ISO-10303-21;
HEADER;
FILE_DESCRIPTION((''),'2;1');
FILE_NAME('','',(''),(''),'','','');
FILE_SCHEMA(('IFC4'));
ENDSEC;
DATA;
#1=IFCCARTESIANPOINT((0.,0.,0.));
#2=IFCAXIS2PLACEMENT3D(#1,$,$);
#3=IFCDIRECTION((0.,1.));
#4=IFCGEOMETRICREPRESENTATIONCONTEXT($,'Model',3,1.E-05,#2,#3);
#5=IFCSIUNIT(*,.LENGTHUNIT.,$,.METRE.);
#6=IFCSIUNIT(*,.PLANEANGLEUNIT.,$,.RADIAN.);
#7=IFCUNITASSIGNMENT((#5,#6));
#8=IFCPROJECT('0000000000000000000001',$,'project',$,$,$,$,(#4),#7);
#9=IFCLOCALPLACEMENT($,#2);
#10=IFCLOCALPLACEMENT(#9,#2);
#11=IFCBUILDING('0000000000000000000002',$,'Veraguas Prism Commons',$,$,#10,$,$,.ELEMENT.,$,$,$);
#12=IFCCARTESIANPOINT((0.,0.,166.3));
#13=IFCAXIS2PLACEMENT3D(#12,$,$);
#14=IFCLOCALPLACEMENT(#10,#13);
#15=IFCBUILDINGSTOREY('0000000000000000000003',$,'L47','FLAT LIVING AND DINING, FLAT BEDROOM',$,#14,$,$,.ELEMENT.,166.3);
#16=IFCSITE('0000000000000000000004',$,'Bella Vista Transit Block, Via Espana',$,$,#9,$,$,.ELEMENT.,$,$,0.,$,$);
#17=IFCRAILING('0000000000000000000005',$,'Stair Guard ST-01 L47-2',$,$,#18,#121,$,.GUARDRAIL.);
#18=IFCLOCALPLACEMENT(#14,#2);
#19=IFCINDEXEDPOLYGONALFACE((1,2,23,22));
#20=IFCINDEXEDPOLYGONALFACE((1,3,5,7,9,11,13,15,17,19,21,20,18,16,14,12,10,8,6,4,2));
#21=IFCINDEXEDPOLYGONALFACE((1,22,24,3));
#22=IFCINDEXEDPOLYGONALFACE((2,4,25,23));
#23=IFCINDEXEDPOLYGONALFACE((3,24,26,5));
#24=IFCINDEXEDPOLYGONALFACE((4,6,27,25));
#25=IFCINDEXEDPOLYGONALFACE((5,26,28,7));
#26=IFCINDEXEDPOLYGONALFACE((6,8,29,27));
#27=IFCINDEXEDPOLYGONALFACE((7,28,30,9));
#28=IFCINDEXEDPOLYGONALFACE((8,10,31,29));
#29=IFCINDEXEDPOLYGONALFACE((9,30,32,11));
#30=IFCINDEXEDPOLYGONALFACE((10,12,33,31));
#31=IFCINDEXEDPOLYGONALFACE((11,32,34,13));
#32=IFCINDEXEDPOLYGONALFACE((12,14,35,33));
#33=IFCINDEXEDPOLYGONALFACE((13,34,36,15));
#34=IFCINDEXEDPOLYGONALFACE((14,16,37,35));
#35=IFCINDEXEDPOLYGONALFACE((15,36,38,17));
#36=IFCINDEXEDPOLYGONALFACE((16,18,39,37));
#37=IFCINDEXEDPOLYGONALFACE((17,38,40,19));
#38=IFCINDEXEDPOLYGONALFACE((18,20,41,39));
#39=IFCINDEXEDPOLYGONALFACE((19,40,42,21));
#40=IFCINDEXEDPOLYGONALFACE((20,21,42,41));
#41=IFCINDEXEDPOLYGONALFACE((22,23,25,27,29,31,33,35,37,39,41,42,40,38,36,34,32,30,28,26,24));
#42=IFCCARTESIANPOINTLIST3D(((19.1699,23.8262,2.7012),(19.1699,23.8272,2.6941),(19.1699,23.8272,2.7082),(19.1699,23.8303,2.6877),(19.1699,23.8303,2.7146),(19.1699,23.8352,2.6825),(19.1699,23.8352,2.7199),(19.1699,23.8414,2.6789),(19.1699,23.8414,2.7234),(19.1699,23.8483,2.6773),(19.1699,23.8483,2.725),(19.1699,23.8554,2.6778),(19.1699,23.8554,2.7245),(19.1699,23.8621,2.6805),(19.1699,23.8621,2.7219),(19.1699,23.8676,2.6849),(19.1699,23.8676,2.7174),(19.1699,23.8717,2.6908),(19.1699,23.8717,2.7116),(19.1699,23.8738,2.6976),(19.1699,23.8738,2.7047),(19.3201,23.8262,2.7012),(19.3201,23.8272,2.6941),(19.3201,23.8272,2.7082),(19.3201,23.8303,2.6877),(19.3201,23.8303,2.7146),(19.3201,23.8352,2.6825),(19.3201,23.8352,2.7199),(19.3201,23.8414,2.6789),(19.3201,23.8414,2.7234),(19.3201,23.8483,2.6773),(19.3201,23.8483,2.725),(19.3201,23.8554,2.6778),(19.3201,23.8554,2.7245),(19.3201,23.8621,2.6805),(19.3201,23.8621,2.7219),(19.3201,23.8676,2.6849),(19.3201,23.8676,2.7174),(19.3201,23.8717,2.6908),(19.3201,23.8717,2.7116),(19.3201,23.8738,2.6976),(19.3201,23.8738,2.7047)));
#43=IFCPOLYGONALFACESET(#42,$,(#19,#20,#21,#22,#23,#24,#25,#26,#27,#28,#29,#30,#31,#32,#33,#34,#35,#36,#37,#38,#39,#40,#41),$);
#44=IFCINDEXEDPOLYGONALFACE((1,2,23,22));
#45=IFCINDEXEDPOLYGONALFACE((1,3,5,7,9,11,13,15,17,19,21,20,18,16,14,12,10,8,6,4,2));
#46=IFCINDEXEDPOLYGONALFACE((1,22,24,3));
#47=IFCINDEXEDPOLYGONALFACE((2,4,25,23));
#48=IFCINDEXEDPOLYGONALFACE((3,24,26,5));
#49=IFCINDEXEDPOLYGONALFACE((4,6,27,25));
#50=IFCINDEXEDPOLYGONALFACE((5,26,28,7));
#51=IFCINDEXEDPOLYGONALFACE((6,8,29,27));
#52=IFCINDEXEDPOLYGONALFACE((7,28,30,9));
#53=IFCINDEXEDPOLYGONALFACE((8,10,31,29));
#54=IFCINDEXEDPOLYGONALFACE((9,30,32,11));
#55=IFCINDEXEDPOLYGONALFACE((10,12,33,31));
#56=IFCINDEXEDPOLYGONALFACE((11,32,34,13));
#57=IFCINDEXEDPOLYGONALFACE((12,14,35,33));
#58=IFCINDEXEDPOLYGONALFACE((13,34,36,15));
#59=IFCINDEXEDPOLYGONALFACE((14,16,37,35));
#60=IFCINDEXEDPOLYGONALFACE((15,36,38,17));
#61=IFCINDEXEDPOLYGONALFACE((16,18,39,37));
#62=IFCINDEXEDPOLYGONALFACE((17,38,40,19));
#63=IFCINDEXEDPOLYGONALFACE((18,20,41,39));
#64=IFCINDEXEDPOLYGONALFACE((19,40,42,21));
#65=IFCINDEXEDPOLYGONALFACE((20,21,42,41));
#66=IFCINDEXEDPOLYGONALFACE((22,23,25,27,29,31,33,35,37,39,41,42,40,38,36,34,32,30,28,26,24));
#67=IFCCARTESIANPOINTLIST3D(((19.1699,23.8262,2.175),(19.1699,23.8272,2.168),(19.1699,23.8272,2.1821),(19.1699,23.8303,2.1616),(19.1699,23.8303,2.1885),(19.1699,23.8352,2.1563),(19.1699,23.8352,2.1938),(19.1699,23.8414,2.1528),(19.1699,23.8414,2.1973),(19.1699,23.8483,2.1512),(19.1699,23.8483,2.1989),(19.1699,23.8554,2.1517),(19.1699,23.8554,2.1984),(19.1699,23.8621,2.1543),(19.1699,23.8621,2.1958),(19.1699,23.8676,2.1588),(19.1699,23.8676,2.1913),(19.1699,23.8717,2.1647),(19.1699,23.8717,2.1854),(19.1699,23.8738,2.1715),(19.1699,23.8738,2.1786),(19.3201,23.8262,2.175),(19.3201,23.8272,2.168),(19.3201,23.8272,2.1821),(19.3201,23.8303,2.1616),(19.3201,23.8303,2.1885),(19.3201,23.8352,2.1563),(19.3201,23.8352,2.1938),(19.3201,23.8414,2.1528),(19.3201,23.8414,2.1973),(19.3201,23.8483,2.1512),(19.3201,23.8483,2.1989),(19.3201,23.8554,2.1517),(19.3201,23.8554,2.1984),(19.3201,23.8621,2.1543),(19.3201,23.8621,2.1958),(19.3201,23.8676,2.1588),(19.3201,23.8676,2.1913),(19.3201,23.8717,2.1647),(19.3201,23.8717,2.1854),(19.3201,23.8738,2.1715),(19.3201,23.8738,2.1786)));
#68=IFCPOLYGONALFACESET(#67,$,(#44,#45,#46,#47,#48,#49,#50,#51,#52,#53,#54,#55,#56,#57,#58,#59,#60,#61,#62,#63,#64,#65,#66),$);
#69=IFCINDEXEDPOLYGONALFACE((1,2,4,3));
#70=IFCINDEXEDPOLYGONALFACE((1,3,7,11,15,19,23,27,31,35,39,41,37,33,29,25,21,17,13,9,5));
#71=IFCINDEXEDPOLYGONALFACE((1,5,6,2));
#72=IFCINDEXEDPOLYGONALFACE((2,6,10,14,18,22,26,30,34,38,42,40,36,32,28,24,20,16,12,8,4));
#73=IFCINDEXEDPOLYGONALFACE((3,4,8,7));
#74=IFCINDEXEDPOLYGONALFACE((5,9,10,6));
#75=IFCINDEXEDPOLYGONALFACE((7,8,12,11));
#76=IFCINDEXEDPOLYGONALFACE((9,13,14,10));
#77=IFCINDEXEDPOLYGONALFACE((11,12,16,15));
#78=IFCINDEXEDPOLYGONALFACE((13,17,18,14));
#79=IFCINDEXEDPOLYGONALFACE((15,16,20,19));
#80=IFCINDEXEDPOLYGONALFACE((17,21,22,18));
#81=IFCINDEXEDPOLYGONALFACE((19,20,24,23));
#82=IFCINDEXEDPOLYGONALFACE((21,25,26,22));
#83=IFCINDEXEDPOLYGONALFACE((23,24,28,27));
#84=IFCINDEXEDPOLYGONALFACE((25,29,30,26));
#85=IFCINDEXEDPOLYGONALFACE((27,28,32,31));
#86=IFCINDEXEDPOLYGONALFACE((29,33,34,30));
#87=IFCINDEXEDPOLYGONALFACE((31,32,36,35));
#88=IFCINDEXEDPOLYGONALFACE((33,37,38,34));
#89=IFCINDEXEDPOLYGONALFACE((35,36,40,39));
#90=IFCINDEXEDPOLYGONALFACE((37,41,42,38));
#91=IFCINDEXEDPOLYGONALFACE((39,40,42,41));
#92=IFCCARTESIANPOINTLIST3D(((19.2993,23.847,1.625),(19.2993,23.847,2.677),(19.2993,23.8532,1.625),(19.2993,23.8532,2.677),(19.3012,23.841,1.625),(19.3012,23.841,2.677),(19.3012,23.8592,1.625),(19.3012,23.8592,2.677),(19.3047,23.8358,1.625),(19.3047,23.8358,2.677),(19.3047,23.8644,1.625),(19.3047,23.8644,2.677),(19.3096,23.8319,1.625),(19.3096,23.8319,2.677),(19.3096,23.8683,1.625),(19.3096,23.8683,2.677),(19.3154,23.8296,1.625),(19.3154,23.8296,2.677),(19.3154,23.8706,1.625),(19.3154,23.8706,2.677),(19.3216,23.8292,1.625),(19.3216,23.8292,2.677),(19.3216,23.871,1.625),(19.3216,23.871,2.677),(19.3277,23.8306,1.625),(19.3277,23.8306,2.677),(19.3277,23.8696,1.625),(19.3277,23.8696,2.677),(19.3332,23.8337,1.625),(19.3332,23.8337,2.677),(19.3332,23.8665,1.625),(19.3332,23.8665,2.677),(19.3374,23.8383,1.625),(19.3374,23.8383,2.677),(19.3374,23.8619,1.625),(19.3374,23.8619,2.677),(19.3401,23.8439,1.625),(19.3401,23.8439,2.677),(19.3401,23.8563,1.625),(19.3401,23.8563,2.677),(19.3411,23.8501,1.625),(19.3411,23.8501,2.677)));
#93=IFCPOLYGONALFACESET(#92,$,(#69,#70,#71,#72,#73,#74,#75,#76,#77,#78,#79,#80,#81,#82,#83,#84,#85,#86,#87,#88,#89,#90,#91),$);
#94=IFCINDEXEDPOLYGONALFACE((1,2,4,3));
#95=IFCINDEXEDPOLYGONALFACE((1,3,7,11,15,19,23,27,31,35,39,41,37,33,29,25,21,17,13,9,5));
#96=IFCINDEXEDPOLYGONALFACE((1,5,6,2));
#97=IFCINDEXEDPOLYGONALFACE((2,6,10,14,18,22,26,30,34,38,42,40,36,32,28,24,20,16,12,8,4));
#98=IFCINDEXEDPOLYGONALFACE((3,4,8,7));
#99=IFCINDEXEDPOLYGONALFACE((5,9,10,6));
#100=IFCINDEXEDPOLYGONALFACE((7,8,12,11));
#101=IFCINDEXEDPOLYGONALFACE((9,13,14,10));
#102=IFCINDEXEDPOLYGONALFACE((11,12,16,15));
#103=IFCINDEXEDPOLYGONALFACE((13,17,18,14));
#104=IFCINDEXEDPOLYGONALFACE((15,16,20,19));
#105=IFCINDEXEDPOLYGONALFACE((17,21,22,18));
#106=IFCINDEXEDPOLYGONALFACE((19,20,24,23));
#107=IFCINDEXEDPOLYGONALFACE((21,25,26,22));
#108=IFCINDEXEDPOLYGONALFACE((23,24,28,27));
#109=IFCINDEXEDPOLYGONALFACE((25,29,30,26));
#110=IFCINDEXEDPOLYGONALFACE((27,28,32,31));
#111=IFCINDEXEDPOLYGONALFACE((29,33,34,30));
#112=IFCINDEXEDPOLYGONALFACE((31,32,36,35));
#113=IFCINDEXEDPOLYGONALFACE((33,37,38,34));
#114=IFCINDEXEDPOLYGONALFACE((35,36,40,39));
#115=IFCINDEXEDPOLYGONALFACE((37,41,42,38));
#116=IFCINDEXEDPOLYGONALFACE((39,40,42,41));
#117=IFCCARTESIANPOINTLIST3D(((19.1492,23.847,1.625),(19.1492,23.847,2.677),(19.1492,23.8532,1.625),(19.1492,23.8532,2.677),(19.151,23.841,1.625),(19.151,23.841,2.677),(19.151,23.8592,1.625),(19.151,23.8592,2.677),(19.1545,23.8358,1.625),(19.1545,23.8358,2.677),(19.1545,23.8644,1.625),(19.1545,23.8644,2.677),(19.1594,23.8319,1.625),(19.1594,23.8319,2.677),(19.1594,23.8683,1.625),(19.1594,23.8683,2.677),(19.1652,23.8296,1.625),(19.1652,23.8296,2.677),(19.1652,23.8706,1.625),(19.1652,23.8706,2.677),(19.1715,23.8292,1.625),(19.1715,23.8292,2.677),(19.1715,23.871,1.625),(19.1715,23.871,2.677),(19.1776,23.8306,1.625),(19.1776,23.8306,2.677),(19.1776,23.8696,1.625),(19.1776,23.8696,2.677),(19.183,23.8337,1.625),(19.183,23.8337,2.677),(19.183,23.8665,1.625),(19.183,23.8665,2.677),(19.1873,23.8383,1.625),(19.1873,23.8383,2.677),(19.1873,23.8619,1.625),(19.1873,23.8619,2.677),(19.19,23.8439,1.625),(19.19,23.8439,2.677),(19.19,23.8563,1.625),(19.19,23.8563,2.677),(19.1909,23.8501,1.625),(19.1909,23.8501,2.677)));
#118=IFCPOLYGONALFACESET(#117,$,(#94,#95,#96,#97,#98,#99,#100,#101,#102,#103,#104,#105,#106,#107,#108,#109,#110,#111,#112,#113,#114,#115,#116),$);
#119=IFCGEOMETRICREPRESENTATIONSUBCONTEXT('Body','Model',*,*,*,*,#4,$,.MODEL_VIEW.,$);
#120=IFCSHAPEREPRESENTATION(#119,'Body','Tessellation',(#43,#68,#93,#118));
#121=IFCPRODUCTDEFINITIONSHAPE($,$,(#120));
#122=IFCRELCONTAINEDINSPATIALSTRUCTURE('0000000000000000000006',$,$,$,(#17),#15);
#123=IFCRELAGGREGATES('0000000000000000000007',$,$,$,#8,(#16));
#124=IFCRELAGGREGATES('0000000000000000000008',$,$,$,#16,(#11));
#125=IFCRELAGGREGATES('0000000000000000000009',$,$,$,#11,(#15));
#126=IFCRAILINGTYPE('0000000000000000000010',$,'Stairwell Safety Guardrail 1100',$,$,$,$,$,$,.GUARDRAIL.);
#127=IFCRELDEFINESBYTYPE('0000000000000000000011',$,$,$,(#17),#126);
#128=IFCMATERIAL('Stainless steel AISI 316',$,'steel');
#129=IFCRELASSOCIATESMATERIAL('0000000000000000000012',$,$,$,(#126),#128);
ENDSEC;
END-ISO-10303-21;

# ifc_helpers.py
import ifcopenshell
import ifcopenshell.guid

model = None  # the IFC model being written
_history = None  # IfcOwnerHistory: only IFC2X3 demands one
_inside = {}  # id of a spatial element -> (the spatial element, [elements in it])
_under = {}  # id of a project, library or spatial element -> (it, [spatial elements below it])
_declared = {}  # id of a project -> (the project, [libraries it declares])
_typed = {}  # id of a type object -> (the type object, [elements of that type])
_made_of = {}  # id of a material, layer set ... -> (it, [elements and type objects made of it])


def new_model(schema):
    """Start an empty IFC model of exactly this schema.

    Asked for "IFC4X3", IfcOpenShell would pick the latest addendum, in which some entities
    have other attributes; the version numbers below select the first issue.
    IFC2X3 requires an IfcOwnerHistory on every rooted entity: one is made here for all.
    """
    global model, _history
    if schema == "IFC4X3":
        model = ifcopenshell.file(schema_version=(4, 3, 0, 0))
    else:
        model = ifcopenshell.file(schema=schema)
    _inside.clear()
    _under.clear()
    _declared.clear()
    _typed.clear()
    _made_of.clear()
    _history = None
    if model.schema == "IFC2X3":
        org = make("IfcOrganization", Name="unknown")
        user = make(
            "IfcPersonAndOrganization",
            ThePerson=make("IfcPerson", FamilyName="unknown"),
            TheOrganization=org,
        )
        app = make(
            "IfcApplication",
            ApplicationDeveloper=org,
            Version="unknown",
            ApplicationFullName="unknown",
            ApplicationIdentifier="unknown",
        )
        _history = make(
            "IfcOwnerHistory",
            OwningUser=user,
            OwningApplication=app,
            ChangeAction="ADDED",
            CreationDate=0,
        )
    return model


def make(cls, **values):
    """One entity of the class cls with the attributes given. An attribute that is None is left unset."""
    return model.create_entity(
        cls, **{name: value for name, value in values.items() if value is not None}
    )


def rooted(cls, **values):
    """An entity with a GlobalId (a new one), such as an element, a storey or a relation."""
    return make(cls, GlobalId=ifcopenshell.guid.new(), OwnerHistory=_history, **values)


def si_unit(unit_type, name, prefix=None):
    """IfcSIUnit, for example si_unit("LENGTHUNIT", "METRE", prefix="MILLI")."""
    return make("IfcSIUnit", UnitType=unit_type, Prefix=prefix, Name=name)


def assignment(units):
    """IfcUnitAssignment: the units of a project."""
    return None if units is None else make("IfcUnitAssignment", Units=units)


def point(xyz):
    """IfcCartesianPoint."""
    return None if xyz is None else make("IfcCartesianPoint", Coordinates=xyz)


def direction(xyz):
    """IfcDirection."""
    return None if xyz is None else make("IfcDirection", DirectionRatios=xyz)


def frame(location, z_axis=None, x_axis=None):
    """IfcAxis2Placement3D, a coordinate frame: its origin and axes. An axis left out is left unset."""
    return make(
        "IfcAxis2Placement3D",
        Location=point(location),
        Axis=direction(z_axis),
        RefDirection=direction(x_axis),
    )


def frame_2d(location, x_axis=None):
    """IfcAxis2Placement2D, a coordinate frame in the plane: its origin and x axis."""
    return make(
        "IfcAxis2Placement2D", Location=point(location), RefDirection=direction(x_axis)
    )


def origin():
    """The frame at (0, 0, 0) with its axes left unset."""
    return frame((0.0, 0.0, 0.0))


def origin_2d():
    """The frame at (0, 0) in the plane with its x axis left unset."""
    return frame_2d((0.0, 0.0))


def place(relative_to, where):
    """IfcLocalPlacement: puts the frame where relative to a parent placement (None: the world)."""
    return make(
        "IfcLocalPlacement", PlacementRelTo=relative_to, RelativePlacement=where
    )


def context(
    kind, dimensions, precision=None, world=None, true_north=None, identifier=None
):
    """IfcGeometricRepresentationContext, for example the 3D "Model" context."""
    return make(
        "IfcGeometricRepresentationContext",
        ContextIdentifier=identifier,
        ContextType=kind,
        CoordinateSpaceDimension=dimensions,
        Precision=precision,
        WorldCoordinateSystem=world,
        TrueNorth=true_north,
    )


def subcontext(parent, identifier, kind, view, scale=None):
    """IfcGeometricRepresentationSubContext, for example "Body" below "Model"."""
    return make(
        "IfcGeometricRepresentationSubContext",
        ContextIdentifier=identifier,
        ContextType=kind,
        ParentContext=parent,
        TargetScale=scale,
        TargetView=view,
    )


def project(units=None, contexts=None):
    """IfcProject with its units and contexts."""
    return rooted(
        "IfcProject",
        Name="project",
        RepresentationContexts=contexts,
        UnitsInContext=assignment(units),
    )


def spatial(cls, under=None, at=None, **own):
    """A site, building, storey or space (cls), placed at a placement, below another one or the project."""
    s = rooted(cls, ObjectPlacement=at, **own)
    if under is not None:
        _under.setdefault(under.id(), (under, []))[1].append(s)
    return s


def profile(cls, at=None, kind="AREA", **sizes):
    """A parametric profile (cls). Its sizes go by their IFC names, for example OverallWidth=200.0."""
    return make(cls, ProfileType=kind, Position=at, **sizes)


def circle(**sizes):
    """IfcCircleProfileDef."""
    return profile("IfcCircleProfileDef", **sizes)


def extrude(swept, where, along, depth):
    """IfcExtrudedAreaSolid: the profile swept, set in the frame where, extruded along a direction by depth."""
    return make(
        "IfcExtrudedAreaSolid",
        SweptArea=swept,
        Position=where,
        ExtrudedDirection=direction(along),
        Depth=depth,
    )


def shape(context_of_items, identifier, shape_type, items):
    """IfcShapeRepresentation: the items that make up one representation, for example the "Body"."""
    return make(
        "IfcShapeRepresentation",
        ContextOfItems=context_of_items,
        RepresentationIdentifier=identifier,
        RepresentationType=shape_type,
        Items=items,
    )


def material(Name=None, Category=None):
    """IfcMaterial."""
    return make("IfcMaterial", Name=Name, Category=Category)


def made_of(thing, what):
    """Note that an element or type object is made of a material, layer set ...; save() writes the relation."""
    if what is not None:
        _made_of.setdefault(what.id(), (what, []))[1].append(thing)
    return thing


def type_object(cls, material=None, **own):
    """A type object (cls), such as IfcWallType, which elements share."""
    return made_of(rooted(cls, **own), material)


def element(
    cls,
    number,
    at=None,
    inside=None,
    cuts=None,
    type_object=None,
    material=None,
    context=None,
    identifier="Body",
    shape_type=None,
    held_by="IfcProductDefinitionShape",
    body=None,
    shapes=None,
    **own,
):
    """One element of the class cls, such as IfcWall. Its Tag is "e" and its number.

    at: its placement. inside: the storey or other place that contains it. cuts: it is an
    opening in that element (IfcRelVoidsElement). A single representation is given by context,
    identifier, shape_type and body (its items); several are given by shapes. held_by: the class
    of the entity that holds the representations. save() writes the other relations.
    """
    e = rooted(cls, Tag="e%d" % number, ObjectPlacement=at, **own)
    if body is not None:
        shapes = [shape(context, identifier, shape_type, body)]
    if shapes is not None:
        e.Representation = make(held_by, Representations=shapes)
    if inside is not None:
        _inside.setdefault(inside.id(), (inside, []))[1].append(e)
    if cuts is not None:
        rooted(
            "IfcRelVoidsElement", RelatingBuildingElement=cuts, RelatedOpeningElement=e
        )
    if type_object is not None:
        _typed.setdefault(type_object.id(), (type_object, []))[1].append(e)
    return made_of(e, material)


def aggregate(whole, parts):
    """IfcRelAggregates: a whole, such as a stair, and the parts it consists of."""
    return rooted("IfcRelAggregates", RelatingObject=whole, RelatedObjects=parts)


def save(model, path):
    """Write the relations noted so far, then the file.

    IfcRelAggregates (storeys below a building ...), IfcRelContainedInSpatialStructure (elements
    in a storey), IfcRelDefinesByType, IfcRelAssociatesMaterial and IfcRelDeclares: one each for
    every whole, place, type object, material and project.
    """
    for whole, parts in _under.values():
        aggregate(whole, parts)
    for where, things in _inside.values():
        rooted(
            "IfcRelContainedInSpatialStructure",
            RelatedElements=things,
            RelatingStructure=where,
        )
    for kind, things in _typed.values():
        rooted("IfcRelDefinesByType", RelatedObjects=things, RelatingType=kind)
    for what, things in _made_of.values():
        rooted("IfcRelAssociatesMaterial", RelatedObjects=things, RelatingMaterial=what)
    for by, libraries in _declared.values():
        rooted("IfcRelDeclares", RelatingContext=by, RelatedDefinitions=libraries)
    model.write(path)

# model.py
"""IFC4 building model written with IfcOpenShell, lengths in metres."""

from ifc_helpers import new_model, si_unit, direction, frame, origin, origin_2d, place, context, subcontext, project, spatial, circle, extrude, material, type_object, element, save


model = new_model("IFC4")

# Units and contexts
model_context = context("Model", 3, precision=1e-05, world=origin(), true_north=direction((0.0, 1.0)))
body_context = subcontext(model_context, "Body", "Model", "MODEL_VIEW")
ifc_project = project(units=[si_unit("LENGTHUNIT", "METRE"), si_unit("PLANEANGLEUNIT", "RADIAN")], contexts=[model_context])

# Site, building, storey
site_placement = place(None, origin())
site = spatial("IfcSite", under=ifc_project, at=site_placement, Name="Bella Vista Transit Block, Via Espana", CompositionType="ELEMENT", RefElevation=0.0)
building_placement = place(site_placement, origin())
building = spatial("IfcBuilding", under=site, at=building_placement, Name="Veraguas Prism Commons", CompositionType="ELEMENT")
storey_placement = place(building_placement, frame((0.0, 0.0, 166.3)))
storey = spatial("IfcBuildingStorey", under=building, at=storey_placement, Name="L47", Description="FLAT LIVING AND DINING, FLAT BEDROOM", CompositionType="ELEMENT", Elevation=166.3)

# Railing
ifc_material_1 = material(Name="Stainless steel AISI 316", Category="steel")
railing_type_1 = type_object("IfcRailingType", Name="Stairwell Safety Guardrail 1100", PredefinedType="GUARDRAIL", material=ifc_material_1)
railing_1_placement = place(storey_placement, frame((19.3201, 23.8501, 1.625)))
element("IfcRailing", 1, at=railing_1_placement, inside=storey, type_object=railing_type_1, Name="Stair Guard ST-01 L47-2", PredefinedType="GUARDRAIL", context=body_context, shape_type="SweptSolid", body=[
    extrude(circle(Radius=0.0239, at=origin_2d()), frame((0.0, 0.0, 1.0762), z_axis=(-1.0, 0.0, 0.0), x_axis=(0.0, -1.0, 0.0)), (0.0, 0.0, 1.0), 0.1501),
    extrude(circle(Radius=0.0239, at=origin_2d()), frame((0.0, 0.0, 0.55), z_axis=(-1.0, 0.0, 0.0), x_axis=(0.0, -1.0, 0.0)), (0.0, 0.0, 1.0), 0.1501),
    extrude(circle(Radius=0.021, at=origin_2d()), origin(), (0.0, 0.0, 1.0), 1.052),
    extrude(circle(Radius=0.021, at=origin_2d()), frame((-0.1501, 0.0, 0.0)), (0.0, 0.0, 1.0), 1.052),
])

save(model, "model.ifc")
